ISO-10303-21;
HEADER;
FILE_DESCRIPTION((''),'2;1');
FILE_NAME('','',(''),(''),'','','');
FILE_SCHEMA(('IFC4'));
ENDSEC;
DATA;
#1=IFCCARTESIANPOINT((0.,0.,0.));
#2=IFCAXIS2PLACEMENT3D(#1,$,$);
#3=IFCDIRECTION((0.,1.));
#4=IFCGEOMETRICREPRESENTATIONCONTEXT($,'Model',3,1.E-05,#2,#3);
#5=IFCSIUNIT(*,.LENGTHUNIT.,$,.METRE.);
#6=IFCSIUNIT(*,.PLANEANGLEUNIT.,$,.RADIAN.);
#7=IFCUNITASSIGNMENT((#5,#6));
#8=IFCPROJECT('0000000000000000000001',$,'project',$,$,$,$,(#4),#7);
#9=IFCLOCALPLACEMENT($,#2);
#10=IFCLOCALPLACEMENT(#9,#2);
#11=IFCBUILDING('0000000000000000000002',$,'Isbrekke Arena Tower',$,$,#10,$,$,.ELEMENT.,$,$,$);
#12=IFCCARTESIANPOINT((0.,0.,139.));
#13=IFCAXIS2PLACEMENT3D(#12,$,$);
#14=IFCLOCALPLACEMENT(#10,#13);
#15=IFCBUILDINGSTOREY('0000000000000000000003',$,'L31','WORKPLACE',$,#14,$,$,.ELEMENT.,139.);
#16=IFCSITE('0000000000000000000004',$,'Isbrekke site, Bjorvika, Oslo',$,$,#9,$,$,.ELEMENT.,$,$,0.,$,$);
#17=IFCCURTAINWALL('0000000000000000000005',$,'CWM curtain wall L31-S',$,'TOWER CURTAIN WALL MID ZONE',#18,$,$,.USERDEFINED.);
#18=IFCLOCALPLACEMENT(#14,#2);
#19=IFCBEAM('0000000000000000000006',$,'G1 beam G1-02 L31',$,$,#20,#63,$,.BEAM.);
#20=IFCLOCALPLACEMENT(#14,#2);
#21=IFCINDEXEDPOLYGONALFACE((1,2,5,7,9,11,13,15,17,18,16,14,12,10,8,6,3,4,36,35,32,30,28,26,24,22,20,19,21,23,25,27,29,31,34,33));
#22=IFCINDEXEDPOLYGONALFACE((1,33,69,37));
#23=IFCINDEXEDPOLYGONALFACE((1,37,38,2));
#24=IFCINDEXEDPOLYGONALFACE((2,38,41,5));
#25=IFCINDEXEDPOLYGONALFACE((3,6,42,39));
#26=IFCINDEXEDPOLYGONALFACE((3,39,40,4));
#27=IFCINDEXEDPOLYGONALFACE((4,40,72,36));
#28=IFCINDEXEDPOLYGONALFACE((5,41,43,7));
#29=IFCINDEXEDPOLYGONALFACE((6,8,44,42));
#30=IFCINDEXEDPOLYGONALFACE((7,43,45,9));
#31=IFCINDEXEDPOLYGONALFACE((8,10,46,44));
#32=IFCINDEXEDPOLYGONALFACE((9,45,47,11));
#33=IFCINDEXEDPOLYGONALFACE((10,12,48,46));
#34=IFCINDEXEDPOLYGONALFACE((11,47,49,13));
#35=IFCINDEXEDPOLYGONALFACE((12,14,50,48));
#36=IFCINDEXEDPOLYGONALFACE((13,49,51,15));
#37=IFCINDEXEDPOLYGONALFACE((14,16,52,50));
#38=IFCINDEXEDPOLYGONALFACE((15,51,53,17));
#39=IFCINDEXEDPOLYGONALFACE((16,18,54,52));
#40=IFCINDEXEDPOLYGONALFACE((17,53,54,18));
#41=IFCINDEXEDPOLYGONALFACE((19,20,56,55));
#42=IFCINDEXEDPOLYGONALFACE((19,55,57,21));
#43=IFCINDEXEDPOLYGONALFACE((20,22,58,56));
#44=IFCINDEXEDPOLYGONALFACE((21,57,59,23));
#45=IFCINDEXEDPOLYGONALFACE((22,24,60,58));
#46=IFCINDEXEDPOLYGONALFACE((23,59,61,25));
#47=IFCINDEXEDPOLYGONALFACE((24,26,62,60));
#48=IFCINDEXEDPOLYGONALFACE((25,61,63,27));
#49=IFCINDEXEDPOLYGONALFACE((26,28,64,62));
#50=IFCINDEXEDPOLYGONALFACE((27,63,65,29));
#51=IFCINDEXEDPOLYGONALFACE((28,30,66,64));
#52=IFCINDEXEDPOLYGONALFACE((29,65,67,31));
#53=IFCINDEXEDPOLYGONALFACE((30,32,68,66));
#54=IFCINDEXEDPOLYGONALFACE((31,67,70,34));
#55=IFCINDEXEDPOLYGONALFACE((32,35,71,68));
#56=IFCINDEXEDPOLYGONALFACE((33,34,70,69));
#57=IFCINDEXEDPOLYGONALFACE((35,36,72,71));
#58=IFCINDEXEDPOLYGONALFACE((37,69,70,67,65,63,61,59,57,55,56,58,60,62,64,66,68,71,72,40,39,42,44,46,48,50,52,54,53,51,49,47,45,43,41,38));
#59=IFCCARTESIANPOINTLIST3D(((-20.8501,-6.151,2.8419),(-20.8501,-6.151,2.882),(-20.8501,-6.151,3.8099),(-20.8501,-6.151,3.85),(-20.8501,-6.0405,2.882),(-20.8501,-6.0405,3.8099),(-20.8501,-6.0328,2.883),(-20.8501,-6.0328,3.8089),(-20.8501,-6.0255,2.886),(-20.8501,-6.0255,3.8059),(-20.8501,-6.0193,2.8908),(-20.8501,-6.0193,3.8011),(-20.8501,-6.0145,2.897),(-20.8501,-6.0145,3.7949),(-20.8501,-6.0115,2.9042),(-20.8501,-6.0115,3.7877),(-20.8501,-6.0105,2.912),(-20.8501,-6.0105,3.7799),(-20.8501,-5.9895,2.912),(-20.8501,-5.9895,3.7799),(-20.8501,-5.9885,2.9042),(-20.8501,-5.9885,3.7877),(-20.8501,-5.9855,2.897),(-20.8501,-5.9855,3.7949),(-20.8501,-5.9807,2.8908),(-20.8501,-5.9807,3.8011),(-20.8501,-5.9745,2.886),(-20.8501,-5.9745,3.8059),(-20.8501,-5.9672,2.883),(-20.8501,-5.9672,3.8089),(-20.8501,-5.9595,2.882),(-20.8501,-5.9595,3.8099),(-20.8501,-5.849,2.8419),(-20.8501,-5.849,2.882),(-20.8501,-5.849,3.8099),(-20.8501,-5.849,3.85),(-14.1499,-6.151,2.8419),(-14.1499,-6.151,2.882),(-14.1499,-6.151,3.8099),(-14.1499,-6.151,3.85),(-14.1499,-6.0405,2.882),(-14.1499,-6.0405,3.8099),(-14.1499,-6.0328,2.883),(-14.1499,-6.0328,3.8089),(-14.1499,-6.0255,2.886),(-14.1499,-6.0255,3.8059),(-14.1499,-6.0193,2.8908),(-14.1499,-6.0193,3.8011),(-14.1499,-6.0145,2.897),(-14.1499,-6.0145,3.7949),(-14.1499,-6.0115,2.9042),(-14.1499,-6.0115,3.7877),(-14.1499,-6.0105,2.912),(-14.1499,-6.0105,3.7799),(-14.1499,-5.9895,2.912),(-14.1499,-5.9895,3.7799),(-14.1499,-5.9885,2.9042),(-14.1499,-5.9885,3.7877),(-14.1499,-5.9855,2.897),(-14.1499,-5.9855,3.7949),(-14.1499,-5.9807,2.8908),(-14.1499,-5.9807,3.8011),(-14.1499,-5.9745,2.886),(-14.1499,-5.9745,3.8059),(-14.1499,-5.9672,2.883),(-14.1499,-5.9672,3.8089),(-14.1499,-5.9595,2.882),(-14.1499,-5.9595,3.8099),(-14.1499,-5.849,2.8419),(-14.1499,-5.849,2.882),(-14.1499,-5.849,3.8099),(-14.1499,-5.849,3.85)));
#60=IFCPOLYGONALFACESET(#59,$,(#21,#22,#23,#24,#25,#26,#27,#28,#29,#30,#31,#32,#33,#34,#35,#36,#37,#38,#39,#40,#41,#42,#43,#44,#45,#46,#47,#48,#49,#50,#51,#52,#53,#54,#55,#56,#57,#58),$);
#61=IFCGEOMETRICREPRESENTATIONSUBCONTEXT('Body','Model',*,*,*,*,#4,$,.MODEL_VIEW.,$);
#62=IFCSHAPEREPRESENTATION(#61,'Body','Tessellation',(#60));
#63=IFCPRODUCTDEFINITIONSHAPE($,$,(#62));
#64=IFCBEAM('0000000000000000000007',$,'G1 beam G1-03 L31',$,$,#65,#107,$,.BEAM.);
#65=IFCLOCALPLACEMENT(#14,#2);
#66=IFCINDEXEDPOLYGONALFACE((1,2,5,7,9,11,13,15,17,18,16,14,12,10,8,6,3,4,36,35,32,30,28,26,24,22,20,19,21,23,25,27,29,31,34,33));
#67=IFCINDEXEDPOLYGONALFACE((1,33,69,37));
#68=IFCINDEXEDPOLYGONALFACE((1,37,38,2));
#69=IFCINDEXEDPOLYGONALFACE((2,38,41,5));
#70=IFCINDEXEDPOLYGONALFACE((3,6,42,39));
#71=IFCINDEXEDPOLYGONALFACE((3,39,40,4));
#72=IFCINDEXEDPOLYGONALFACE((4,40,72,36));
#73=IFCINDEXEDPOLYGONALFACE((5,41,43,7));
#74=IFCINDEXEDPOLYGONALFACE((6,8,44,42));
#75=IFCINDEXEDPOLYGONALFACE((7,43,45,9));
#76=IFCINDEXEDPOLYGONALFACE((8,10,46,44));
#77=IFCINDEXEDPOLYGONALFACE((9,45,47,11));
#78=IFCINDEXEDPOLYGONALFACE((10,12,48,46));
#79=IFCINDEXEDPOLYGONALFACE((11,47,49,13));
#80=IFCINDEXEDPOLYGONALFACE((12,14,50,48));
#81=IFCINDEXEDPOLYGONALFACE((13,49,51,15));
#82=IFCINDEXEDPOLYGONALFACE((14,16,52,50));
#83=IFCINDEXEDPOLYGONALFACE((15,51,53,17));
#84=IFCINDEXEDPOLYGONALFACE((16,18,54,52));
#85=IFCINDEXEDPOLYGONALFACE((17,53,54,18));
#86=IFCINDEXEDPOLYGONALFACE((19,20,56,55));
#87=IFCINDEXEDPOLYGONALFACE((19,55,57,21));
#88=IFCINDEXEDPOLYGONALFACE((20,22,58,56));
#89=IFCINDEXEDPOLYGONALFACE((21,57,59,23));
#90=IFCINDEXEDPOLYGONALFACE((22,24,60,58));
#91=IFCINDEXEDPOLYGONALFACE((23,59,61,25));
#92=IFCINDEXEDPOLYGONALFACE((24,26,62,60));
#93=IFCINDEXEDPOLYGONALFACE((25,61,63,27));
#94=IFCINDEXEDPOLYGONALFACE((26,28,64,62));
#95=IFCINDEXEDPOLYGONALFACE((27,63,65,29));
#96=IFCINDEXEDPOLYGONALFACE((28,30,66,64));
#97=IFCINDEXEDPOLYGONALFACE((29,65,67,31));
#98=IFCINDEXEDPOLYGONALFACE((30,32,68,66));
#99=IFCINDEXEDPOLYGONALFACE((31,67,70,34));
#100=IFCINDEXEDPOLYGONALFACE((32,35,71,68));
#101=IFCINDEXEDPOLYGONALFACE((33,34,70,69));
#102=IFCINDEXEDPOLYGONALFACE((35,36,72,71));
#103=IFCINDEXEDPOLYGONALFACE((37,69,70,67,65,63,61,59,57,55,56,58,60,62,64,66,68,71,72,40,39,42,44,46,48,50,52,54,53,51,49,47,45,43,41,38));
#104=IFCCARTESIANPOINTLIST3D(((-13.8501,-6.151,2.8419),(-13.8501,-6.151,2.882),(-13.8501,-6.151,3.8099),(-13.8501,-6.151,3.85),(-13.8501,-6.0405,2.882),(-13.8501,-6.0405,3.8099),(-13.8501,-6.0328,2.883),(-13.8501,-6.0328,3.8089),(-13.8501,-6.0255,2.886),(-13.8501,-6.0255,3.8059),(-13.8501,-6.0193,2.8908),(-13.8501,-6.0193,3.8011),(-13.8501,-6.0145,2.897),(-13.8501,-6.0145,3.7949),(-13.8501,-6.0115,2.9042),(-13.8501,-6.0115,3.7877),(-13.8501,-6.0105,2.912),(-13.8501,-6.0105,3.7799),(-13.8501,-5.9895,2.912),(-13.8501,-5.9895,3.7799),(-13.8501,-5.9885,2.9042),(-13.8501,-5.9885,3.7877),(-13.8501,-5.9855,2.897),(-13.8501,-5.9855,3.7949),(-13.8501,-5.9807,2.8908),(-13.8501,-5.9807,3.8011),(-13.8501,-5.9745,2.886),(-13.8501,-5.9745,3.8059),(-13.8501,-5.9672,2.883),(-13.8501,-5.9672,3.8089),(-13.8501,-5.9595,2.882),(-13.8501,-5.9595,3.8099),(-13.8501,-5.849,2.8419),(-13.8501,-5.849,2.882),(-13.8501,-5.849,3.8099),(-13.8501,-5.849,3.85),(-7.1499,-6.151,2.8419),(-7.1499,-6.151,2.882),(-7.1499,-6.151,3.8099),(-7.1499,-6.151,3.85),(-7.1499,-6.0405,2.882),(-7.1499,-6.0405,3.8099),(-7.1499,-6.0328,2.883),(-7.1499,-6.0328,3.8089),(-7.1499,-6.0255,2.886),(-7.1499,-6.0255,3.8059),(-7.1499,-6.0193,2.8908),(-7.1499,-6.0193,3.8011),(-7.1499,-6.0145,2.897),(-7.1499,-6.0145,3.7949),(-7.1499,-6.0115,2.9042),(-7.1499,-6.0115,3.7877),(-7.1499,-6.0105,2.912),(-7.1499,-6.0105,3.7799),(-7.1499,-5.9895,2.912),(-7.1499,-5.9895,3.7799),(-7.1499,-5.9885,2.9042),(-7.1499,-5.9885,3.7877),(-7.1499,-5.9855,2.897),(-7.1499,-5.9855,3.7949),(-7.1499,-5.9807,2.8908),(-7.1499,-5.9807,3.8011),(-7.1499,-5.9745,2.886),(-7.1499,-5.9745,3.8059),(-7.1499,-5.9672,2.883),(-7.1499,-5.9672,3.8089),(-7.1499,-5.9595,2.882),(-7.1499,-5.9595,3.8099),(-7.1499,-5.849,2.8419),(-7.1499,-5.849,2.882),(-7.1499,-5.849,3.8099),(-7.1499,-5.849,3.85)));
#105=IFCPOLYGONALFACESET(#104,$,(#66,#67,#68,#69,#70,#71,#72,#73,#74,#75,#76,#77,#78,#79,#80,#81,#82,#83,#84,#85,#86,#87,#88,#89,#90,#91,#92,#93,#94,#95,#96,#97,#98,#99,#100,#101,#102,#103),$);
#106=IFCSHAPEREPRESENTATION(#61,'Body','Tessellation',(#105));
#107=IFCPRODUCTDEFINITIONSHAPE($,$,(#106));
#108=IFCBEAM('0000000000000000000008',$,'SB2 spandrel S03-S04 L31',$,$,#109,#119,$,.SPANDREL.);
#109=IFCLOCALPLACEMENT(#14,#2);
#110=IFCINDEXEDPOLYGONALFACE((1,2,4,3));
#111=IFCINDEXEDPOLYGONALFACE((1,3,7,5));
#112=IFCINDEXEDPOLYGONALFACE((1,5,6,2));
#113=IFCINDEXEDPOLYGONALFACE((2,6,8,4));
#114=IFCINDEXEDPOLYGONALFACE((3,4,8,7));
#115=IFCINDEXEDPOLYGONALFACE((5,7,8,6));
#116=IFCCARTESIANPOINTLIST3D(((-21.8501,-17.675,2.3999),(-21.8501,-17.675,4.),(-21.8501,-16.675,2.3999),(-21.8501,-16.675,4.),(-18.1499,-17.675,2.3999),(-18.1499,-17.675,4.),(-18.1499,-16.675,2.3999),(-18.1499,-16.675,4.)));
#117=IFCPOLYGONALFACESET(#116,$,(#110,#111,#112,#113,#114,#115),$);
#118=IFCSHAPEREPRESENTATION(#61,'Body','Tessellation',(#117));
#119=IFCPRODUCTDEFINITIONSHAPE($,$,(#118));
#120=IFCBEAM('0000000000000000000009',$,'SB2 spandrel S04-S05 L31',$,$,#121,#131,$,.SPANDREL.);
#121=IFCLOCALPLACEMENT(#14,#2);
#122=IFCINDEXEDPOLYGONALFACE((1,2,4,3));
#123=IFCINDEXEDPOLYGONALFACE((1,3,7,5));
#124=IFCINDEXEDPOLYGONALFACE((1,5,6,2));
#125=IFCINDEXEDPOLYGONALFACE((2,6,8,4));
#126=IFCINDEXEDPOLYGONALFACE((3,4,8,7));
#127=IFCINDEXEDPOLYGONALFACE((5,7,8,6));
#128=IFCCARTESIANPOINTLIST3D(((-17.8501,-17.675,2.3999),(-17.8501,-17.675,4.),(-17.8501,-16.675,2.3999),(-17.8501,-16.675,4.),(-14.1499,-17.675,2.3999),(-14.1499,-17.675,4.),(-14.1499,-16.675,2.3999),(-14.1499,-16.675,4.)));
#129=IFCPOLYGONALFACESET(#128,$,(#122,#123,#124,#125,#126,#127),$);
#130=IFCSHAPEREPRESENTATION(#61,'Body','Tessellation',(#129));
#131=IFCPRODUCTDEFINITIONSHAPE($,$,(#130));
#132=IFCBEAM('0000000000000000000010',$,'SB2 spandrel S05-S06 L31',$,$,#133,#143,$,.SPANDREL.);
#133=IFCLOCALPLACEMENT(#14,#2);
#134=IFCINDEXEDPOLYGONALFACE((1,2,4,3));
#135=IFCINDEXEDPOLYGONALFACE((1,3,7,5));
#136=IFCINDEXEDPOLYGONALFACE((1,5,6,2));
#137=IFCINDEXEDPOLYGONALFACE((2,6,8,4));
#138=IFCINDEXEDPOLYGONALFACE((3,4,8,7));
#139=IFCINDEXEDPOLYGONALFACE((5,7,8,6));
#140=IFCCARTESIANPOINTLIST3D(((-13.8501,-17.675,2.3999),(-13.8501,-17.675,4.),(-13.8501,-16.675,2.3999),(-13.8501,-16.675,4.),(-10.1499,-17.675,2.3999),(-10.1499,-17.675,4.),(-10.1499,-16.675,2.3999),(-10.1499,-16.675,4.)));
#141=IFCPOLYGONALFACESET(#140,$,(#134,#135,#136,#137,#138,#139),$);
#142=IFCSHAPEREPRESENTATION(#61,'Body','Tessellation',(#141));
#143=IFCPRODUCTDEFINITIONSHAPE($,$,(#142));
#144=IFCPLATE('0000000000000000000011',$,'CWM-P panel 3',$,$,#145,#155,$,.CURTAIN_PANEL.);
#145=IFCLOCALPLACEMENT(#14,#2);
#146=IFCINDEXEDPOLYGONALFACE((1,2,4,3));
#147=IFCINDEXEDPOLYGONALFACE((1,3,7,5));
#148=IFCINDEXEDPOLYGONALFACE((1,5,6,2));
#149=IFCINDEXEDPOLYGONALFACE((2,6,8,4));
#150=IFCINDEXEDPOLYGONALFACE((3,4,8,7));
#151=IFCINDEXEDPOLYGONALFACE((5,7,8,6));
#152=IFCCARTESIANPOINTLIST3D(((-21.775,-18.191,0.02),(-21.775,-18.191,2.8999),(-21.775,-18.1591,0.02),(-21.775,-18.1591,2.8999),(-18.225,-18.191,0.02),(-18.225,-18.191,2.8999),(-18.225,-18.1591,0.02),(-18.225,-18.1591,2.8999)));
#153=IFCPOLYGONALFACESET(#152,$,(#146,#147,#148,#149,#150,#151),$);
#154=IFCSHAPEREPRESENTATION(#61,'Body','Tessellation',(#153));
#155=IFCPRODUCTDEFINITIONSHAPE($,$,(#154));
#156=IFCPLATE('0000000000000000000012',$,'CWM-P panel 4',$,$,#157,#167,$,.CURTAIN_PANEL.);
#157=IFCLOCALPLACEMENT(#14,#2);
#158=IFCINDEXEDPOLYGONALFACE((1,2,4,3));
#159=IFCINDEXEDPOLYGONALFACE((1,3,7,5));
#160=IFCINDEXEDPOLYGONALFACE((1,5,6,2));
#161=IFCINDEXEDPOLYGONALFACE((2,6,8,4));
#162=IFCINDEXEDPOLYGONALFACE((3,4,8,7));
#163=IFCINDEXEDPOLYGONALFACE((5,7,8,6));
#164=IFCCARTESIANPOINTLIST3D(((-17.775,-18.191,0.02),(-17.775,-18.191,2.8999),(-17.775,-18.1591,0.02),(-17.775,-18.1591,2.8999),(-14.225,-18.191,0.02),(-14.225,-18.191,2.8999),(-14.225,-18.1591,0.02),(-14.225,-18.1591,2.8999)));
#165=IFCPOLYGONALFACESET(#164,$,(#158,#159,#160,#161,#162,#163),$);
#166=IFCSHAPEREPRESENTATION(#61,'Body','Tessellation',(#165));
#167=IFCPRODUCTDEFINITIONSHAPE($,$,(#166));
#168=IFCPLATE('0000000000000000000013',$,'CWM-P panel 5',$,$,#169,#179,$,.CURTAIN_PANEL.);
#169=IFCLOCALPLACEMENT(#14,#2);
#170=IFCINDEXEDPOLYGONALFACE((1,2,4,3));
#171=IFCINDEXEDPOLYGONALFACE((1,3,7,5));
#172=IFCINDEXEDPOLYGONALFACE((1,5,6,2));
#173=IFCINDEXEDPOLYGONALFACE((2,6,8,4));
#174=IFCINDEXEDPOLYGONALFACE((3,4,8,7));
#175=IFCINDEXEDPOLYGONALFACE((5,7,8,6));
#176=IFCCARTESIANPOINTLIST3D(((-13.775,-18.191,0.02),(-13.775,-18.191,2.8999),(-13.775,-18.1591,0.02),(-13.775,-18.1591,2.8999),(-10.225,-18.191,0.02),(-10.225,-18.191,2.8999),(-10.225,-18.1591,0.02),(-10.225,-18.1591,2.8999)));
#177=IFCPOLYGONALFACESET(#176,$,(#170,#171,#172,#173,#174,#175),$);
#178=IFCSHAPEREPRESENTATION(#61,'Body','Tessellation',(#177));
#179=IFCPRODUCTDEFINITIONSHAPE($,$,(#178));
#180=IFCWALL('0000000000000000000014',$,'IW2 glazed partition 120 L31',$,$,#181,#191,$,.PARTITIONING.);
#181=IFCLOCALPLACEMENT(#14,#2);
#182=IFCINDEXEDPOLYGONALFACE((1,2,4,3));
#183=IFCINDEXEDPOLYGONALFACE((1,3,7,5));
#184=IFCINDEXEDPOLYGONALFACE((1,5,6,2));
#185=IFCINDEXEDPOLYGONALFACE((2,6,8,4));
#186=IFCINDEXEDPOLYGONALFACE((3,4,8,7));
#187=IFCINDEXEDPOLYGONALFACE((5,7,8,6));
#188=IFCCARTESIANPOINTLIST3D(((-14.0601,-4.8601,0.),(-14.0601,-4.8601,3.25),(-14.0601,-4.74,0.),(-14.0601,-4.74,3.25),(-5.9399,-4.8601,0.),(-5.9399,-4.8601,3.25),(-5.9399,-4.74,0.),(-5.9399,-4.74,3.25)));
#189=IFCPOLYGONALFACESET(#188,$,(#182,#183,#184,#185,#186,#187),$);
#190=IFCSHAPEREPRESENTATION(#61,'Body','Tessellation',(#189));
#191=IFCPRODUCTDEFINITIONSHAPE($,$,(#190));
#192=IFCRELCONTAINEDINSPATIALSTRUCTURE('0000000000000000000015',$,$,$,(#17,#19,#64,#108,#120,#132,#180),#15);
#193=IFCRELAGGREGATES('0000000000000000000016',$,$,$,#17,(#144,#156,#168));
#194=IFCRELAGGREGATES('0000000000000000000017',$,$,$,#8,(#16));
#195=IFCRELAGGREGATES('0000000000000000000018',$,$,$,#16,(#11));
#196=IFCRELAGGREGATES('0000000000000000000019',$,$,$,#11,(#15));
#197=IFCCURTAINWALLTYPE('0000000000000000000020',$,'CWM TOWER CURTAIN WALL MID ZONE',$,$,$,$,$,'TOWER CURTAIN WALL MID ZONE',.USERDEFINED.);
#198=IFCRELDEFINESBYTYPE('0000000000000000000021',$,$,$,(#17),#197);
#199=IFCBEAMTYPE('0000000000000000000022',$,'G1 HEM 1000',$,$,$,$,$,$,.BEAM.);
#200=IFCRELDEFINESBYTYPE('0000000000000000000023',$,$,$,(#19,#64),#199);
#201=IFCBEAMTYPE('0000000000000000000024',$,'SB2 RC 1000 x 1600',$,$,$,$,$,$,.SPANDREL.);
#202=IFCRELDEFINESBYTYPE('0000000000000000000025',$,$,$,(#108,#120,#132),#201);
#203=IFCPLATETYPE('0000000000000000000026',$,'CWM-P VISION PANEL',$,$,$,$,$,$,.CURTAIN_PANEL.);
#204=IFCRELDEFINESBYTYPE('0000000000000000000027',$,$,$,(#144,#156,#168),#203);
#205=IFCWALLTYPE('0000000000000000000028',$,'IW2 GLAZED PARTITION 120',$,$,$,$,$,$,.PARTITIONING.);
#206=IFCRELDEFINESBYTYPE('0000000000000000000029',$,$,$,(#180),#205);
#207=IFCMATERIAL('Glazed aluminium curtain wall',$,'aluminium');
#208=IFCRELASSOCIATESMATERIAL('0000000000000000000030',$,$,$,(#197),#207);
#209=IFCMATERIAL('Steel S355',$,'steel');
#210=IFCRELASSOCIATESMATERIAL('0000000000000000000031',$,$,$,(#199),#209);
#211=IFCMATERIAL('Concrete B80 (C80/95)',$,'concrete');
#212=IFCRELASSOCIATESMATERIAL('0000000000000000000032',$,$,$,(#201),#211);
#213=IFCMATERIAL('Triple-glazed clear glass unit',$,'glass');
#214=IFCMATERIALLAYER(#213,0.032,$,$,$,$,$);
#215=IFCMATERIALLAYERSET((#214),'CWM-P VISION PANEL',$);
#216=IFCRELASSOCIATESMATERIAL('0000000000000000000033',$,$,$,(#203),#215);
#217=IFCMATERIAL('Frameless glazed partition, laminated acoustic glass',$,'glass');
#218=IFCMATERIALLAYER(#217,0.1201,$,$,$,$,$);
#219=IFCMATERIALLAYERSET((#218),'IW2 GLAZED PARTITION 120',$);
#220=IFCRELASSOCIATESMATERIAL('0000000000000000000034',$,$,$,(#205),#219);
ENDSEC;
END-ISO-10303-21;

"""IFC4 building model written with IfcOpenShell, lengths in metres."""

from ifc_helpers import new_model, si_unit, direction, frame, frame_2d, origin, origin_2d, place, context, subcontext, project, spatial, rectangle, i_section, extrude, material, layer, layer_set, material_profile, profile_set, type_object, element, aggregate, save


model = new_model("IFC4")

# Units and contexts
model_context = context("Model", 3, precision=1e-05, world=origin(), true_north=direction((0.0, 1.0)))
body_context = subcontext(model_context, "Body", "Model", "MODEL_VIEW")
ifc_project = project(units=[si_unit("LENGTHUNIT", "METRE"), si_unit("PLANEANGLEUNIT", "RADIAN")], contexts=[model_context])

# Site, building, storey
site_placement = place(None, origin())
site = spatial("IfcSite", under=ifc_project, at=site_placement, Name="Isbrekke site, Bjorvika, Oslo", CompositionType="ELEMENT", RefElevation=0.0)
building_placement = place(site_placement, origin())
building = spatial("IfcBuilding", under=site, at=building_placement, Name="Isbrekke Arena Tower", CompositionType="ELEMENT")
storey_placement = place(building_placement, frame((0.0, 0.0, 139.0)))
storey = spatial("IfcBuildingStorey", under=building, at=storey_placement, Name="L31", Description="WORKPLACE", CompositionType="ELEMENT", Elevation=139.0)

# Curtain wall
ifc_material_1 = material(Name="Glazed aluminium curtain wall", Category="aluminium")
curtain_wall_type = type_object("IfcCurtainWallType", Name="CWM TOWER CURTAIN WALL MID ZONE", ElementType="TOWER CURTAIN WALL MID ZONE", PredefinedType="USERDEFINED", material=ifc_material_1)
curtain_wall_placement = place(storey_placement, origin())
curtain_wall = element("IfcCurtainWall", 1, at=curtain_wall_placement, inside=storey, type_object=curtain_wall_type, Name="CWM curtain wall L31-S", ObjectType="TOWER CURTAIN WALL MID ZONE", PredefinedType="USERDEFINED")

# Beams
ifc_material_2 = material(Name="Steel S355", Category="steel")
ifc_material_profile_1 = material_profile(ifc_material_2, i_section(OverallWidth=0.302, OverallDepth=1.0081, WebThickness=0.021, FlangeThickness=0.04, FilletRadius=0.03, at=origin_2d()), Name="HEM 1000")
ifc_profile_set_1 = profile_set([ifc_material_profile_1], Name="Steel S355")
beam_type_1 = type_object("IfcBeamType", Name="G1 HEM 1000", PredefinedType="BEAM", material=ifc_profile_set_1)
for number, where, z_axis, x_axis, name in (
    (2, (-20.8501, -6.0, 3.3459), (1.0, 0.0, 0.0), (0.0, 1.0, 0.0), "G1 beam G1-02 L31"),
    (3, (-13.8501, -6.0, 3.3459), (1.0, 0.0, 0.0), (0.0, 1.0, 0.0), "G1 beam G1-03 L31"),
):
    element("IfcBeam", number, at=place(storey_placement, frame(where, z_axis=z_axis, x_axis=x_axis)), inside=storey, type_object=beam_type_1, Name=name, PredefinedType="BEAM", context=body_context, shape_type="SweptSolid", body=[
        extrude(i_section(OverallWidth=0.302, OverallDepth=1.0081, WebThickness=0.021, FlangeThickness=0.04, FilletRadius=0.03, at=origin_2d()), origin(), (0.0, 0.0, 1.0), 6.7002),
    ])
ifc_material_3 = material(Name="Concrete B80 (C80/95)", Category="concrete")
ifc_material_profile_2 = material_profile(ifc_material_3, rectangle(XDim=1.0, YDim=1.6001, at=origin_2d()), Name="RC 1000x1600")
ifc_profile_set_2 = profile_set([ifc_material_profile_2], Name="Concrete B80 (C80/95)")
beam_type_2 = type_object("IfcBeamType", Name="SB2 RC 1000 x 1600", PredefinedType="SPANDREL", material=ifc_profile_set_2)
for number, where, z_axis, x_axis, name in (
    (4, (-21.8501, -17.175, 3.2), (1.0, 0.0, 0.0), (0.0, 1.0, 0.0), "SB2 spandrel S03-S04 L31"),
    (5, (-17.8501, -17.175, 3.2), (1.0, 0.0, 0.0), (0.0, 1.0, 0.0), "SB2 spandrel S04-S05 L31"),
    (6, (-13.8501, -17.175, 3.2), (1.0, 0.0, 0.0), (0.0, 1.0, 0.0), "SB2 spandrel S05-S06 L31"),
):
    element("IfcBeam", number, at=place(storey_placement, frame(where, z_axis=z_axis, x_axis=x_axis)), inside=storey, type_object=beam_type_2, Name=name, PredefinedType="SPANDREL", context=body_context, shape_type="SweptSolid", body=[
        extrude(rectangle(XDim=1.0, YDim=1.6001, at=origin_2d()), origin(), (0.0, 0.0, 1.0), 3.7002),
    ])

# Plates
ifc_material_4 = material(Name="Triple-glazed clear glass unit", Category="glass")
ifc_layer_1 = layer(ifc_material_4, 0.032)
ifc_layer_set_1 = layer_set([ifc_layer_1], Name="CWM-P VISION PANEL")
plate_type = type_object("IfcPlateType", Name="CWM-P VISION PANEL", PredefinedType="CURTAIN_PANEL", material=ifc_layer_set_1)
plate_1_placement = place(storey_placement, frame((-20.0, -18.175, 0.02), z_axis=(0.0, 0.0, 1.0), x_axis=(1.0, 0.0, 0.0)))
plate_1 = element("IfcPlate", 7, at=plate_1_placement, type_object=plate_type, Name="CWM-P panel 3", PredefinedType="CURTAIN_PANEL", context=body_context, shape_type="SweptSolid", body=[
    extrude(rectangle(XDim=3.55, YDim=0.032, at=origin_2d()), origin(), (0.0, 0.0, 1.0), 2.8799),
])
plate_2_placement = place(storey_placement, frame((-16.0, -18.175, 0.02), z_axis=(0.0, 0.0, 1.0), x_axis=(1.0, 0.0, 0.0)))
plate_2 = element("IfcPlate", 8, at=plate_2_placement, type_object=plate_type, Name="CWM-P panel 4", PredefinedType="CURTAIN_PANEL", context=body_context, shape_type="SweptSolid", body=[
    extrude(rectangle(XDim=3.55, YDim=0.032, at=origin_2d()), origin(), (0.0, 0.0, 1.0), 2.8799),
])
plate_3_placement = place(storey_placement, frame((-12.0, -18.175, 0.02), z_axis=(0.0, 0.0, 1.0), x_axis=(1.0, 0.0, 0.0)))
plate_3 = element("IfcPlate", 9, at=plate_3_placement, type_object=plate_type, Name="CWM-P panel 5", PredefinedType="CURTAIN_PANEL", context=body_context, shape_type="SweptSolid", body=[
    extrude(rectangle(XDim=3.55, YDim=0.032, at=origin_2d()), origin(), (0.0, 0.0, 1.0), 2.8799),
])
aggregate(curtain_wall, [plate_1, plate_2, plate_3])

# Wall
ifc_material_5 = material(Name="Frameless glazed partition, laminated acoustic glass", Category="glass")
ifc_layer_2 = layer(ifc_material_5, 0.1201)
ifc_layer_set_2 = layer_set([ifc_layer_2], Name="IW2 GLAZED PARTITION 120")
wall_type = type_object("IfcWallType", Name="IW2 GLAZED PARTITION 120", PredefinedType="PARTITIONING", material=ifc_layer_set_2)
wall_1_placement = place(storey_placement, frame((-14.0601, -4.8, 0.0), z_axis=(0.0, 0.0, 1.0), x_axis=(1.0, 0.0, 0.0)))
element("IfcWall", 10, at=wall_1_placement, inside=storey, type_object=wall_type, Name="IW2 glazed partition 120 L31", PredefinedType="PARTITIONING", context=body_context, shape_type="SweptSolid", body=[
    extrude(rectangle(XDim=8.1201, YDim=0.1201, at=frame_2d((4.0601, 0.0))), origin(), (0.0, 0.0, 1.0), 3.25),
])

save(model, "model.ifc")
